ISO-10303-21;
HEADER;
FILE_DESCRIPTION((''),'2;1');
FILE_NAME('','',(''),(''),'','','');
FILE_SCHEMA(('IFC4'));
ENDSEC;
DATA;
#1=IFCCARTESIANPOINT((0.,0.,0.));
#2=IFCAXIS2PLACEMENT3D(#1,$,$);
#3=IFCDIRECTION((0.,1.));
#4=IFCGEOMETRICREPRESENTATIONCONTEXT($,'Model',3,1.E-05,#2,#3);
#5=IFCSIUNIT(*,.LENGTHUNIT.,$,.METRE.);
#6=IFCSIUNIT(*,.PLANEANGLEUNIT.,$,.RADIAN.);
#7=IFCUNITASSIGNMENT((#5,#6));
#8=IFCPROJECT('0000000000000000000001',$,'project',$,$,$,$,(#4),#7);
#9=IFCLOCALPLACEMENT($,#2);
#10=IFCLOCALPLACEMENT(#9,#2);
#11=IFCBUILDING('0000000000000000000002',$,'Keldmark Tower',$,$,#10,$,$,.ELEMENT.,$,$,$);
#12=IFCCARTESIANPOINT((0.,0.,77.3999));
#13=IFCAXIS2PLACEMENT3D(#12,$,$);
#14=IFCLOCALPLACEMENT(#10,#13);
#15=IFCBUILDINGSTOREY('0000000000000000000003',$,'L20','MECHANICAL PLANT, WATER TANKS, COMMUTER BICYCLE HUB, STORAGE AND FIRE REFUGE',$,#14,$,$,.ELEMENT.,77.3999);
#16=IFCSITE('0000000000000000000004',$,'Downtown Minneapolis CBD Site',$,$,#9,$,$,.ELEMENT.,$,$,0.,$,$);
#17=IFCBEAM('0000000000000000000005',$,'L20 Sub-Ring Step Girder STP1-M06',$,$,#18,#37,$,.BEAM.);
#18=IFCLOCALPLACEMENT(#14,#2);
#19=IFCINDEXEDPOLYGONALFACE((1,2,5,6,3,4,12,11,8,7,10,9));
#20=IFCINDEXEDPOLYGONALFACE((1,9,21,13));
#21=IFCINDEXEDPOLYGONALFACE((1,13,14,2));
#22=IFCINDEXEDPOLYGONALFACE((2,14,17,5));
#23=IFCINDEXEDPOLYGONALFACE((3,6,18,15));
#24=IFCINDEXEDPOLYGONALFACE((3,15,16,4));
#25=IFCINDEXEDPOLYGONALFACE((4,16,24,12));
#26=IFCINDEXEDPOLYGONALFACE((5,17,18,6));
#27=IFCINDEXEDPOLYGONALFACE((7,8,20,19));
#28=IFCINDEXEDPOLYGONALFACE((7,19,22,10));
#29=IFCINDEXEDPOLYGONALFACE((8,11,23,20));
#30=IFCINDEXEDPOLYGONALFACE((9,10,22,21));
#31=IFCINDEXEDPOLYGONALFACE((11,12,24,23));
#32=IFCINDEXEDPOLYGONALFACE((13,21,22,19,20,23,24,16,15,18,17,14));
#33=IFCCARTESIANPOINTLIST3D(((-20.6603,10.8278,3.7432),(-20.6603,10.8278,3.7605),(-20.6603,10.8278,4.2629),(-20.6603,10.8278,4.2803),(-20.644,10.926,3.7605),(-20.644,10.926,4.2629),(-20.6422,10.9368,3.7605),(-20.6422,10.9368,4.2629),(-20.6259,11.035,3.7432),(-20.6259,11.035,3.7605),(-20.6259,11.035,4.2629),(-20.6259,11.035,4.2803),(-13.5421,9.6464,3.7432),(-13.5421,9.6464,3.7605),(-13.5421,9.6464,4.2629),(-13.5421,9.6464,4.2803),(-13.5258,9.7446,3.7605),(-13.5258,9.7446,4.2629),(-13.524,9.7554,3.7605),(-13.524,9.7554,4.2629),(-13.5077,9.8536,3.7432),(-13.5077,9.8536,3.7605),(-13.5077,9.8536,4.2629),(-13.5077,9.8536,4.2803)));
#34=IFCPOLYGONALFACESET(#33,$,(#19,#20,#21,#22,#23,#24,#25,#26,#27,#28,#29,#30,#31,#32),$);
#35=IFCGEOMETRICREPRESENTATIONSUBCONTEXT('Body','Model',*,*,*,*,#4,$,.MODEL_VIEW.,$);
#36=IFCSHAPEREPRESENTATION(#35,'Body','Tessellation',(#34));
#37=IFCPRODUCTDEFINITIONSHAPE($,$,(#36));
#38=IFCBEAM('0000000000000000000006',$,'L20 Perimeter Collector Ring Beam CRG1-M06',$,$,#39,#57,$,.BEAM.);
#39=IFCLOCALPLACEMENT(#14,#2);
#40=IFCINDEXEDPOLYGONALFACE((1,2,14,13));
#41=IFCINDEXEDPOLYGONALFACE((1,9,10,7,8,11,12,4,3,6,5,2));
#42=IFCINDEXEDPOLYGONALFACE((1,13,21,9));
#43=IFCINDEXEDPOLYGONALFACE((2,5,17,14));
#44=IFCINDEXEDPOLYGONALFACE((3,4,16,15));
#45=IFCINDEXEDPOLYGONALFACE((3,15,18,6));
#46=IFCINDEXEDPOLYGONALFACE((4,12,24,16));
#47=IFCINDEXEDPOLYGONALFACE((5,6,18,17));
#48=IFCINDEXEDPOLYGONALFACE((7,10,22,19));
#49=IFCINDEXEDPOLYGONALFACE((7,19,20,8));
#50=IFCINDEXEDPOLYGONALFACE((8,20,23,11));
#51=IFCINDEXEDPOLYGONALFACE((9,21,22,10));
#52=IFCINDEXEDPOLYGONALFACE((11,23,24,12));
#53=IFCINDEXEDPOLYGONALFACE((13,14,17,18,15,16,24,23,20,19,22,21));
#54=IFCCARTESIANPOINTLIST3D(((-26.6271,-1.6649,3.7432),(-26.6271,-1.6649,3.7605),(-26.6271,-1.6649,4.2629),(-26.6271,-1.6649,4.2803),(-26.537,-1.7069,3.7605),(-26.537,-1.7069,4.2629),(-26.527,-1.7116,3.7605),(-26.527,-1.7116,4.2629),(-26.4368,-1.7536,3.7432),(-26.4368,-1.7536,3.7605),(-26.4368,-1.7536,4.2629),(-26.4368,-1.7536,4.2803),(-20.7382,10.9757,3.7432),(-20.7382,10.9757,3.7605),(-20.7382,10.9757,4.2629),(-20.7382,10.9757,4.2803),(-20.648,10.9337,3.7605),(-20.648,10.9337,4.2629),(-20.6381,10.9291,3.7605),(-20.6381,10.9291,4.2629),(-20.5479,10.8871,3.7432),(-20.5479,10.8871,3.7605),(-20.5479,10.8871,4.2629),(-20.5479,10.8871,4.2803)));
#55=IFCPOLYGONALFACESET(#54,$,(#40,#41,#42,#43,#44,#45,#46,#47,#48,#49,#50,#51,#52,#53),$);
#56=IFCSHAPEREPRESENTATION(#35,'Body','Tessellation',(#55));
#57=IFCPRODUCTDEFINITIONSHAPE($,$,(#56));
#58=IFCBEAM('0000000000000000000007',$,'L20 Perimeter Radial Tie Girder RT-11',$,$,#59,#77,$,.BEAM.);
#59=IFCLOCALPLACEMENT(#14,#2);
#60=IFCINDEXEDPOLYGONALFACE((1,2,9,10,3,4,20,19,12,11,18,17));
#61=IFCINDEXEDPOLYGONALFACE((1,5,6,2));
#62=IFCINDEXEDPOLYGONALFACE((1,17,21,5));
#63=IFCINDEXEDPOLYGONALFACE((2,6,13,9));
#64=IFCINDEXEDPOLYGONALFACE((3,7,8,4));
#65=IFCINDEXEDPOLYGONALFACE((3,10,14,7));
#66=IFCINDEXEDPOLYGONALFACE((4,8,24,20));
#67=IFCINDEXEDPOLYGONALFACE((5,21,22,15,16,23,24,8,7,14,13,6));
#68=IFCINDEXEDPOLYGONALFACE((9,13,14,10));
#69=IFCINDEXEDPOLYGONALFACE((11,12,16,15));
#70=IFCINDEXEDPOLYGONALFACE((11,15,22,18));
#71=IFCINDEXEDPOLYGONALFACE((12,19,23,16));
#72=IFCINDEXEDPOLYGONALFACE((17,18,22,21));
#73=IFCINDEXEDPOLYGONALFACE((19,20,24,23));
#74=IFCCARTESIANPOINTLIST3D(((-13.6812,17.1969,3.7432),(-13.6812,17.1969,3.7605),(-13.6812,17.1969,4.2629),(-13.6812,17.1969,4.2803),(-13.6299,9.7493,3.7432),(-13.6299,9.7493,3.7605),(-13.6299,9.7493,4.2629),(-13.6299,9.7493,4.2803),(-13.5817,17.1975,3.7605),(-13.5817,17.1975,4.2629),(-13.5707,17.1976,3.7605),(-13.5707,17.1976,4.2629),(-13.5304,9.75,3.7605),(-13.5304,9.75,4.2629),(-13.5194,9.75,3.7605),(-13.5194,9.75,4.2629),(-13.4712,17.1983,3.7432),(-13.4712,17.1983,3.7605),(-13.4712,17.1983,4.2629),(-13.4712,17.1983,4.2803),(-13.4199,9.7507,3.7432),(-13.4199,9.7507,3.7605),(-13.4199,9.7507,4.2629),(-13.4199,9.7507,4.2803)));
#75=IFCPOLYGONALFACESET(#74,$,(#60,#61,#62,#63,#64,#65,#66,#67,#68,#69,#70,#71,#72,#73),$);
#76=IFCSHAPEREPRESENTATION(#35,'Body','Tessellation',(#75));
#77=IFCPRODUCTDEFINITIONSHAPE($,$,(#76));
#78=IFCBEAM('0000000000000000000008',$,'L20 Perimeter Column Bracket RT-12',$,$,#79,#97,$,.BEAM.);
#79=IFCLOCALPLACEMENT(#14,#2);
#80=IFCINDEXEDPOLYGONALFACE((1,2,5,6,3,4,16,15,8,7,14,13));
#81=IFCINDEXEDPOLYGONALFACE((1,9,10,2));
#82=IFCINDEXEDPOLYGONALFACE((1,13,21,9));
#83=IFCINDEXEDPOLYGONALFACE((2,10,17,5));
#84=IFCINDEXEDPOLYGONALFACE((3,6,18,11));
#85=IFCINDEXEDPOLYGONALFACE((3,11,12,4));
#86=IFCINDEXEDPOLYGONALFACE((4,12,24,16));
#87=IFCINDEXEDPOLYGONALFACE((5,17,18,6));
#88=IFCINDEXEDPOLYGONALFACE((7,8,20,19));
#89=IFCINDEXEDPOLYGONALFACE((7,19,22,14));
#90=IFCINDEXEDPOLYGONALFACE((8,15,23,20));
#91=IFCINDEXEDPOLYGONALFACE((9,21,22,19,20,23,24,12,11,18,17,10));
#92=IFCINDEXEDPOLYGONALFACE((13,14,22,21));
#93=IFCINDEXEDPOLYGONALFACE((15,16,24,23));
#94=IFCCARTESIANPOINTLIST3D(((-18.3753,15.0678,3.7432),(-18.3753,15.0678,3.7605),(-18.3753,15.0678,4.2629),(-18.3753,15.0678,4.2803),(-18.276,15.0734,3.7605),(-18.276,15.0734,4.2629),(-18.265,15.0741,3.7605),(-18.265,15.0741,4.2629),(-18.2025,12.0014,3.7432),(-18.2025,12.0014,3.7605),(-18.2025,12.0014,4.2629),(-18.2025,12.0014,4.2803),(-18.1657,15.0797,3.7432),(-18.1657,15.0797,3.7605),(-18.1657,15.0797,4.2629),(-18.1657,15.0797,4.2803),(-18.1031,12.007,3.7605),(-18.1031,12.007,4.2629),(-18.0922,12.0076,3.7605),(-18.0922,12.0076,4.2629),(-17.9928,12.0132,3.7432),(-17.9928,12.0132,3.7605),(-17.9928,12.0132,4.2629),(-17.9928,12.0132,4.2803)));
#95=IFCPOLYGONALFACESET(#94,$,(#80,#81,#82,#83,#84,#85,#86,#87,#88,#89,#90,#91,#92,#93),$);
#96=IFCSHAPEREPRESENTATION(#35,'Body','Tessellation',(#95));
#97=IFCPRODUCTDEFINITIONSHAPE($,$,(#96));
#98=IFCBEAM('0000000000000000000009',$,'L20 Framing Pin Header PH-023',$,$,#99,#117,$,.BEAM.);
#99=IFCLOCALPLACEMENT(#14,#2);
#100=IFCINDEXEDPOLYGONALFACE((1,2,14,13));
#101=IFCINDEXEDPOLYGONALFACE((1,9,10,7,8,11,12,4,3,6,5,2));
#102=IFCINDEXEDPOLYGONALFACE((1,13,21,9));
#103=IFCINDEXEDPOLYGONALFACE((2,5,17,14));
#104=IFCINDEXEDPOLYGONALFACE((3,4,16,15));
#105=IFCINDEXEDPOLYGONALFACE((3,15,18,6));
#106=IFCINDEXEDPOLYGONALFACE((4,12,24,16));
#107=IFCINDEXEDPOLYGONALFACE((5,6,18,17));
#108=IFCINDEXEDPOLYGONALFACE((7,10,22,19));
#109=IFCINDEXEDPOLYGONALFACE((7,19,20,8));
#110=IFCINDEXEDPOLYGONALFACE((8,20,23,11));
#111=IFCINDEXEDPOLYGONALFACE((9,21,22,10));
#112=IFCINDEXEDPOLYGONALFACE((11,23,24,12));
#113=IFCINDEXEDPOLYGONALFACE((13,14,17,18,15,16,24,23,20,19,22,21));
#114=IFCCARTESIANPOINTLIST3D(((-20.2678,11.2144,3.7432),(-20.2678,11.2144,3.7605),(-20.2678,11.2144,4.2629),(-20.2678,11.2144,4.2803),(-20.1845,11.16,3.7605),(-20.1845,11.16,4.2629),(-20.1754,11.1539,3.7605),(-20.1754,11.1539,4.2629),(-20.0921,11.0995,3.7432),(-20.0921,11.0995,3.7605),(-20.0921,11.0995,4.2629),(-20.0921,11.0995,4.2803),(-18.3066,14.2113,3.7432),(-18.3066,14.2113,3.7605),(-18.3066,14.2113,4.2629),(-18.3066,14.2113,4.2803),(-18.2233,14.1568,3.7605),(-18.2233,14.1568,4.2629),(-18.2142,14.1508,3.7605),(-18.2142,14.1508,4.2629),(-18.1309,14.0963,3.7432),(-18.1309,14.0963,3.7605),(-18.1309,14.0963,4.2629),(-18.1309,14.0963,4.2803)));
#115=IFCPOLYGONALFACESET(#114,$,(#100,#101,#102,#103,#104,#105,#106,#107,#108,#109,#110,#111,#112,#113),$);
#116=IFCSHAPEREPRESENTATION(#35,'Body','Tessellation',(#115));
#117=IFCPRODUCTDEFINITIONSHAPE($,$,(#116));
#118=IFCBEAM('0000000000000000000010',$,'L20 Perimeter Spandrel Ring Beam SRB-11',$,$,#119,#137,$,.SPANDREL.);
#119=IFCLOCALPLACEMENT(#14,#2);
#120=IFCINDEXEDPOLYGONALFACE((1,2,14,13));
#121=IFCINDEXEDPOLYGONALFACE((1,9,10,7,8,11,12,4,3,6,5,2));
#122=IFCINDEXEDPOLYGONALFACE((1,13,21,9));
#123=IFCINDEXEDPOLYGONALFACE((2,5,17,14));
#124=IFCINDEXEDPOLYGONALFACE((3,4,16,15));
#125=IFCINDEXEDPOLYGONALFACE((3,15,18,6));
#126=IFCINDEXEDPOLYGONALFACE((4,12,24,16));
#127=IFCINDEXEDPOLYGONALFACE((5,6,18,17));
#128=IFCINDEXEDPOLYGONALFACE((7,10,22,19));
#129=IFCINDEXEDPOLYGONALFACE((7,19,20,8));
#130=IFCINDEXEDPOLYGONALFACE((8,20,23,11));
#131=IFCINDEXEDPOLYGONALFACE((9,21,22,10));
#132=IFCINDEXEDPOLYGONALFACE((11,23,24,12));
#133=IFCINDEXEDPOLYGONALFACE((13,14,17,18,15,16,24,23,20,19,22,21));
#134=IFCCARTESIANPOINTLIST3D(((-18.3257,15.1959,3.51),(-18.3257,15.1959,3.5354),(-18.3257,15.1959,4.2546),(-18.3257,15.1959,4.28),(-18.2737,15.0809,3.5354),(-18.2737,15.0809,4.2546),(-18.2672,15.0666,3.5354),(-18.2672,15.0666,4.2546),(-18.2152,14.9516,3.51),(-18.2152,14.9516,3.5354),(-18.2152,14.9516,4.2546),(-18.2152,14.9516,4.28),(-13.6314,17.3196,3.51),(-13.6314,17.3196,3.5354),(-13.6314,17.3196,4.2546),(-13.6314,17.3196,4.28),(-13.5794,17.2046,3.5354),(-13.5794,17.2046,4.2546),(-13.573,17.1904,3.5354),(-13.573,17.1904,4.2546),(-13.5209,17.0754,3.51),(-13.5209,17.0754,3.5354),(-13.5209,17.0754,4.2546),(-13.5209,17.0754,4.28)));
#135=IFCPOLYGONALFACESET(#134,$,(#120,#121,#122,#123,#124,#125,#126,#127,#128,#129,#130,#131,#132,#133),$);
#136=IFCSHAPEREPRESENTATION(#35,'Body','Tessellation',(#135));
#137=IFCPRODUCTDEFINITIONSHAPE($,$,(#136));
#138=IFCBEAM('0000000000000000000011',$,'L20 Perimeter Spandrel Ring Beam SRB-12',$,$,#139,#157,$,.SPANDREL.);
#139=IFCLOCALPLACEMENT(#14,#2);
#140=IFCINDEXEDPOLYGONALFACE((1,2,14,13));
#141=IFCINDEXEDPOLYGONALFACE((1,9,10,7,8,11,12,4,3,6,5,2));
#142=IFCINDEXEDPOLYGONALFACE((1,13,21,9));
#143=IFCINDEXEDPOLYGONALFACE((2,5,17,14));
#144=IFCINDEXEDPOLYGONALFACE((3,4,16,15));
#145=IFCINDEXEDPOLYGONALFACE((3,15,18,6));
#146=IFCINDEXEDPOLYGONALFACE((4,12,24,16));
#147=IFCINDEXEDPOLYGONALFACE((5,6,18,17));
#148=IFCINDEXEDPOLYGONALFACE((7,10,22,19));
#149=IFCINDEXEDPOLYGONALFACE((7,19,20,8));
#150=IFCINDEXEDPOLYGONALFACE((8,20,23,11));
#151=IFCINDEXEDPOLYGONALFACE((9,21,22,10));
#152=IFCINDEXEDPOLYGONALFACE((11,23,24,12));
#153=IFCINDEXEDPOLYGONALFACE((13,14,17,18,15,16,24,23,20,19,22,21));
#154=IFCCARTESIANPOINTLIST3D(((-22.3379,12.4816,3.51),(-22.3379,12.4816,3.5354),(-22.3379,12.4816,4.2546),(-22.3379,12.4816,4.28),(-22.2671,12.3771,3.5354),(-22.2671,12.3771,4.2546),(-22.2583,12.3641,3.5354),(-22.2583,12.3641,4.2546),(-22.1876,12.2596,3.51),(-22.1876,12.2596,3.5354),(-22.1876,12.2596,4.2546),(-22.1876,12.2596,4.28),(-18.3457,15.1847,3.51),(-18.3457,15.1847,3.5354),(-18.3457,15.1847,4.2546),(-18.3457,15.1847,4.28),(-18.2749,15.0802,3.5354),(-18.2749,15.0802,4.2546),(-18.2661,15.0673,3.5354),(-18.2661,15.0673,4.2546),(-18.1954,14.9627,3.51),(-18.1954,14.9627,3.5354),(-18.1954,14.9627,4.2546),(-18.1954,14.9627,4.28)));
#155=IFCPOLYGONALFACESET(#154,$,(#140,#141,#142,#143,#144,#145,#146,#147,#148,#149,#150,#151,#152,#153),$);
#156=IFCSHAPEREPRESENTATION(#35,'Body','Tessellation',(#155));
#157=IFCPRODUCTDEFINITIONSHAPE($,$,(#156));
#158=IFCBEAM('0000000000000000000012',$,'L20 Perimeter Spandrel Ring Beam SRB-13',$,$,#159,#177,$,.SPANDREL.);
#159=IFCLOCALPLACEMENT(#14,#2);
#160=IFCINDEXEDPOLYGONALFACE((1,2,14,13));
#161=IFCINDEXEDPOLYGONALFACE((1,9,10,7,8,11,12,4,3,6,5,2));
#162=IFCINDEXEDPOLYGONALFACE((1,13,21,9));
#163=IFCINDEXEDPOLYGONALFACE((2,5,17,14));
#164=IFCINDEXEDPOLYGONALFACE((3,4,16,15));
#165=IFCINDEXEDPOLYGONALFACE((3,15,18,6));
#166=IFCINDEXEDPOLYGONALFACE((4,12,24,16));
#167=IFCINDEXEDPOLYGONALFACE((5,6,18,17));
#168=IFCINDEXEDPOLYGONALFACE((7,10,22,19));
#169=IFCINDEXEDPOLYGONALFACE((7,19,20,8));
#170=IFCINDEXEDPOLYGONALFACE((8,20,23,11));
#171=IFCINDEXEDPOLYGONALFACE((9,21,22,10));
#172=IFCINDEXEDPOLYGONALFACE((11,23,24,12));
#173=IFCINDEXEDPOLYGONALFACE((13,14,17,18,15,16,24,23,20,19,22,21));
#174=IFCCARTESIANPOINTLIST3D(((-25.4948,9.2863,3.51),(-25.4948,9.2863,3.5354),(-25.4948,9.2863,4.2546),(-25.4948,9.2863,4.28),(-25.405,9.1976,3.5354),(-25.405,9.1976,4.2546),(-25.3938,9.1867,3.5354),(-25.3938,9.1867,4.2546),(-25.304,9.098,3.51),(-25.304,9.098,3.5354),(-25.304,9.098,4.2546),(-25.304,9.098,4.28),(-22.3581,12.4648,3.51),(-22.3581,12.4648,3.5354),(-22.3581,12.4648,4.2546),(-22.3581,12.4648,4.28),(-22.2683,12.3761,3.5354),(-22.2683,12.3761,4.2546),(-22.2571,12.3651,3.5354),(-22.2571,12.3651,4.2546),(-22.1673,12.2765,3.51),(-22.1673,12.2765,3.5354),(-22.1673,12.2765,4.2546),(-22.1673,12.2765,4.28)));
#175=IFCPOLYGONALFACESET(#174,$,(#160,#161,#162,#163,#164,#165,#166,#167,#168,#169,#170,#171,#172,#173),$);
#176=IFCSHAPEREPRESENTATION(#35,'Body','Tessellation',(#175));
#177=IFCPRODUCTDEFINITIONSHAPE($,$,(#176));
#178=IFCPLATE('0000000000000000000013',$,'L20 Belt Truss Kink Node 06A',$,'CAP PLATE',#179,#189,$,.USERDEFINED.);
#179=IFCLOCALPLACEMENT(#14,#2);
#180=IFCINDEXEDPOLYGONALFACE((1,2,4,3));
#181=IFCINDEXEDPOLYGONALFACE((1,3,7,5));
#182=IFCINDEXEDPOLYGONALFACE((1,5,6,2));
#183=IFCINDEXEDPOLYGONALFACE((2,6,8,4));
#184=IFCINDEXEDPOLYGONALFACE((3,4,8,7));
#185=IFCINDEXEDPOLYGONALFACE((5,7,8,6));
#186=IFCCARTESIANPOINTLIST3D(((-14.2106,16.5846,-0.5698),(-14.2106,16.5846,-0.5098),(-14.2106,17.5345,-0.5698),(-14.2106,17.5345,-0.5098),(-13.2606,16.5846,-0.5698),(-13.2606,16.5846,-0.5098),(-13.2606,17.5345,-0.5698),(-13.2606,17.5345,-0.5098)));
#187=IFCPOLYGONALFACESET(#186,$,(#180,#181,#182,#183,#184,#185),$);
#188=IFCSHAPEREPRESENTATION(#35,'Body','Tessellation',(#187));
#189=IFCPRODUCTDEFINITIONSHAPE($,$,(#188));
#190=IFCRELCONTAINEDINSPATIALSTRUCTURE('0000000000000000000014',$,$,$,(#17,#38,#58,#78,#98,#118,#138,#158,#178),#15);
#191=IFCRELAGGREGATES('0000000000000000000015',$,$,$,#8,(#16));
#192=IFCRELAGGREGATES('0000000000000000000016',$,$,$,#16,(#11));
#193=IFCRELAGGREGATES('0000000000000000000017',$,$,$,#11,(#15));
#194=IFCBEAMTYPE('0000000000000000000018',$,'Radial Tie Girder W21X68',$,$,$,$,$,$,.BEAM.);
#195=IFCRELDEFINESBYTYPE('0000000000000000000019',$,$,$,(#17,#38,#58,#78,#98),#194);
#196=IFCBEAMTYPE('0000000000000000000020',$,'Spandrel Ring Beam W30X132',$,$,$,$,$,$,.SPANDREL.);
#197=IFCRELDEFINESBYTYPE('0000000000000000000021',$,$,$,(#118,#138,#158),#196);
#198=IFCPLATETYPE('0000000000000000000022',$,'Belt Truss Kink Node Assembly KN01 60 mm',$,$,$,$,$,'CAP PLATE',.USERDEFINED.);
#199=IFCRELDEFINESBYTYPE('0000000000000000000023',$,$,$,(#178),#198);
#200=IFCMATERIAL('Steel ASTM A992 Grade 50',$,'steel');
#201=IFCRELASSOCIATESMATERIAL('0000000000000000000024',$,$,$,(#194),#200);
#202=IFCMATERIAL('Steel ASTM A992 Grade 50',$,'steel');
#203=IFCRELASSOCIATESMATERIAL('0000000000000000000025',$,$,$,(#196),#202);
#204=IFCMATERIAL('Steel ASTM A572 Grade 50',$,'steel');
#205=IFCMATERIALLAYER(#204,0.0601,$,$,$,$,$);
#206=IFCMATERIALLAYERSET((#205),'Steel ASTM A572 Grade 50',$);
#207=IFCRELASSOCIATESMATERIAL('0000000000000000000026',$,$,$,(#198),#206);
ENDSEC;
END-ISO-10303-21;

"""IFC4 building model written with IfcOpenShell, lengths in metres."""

from ifc_helpers import new_model, si_unit, direction, frame, origin, origin_2d, place, context, subcontext, project, spatial, rectangle, i_section, extrude, material, layer, layer_set, material_profile, profile_set, type_object, element, save


model = new_model("IFC4")

# Units and contexts
model_context = context("Model", 3, precision=1e-05, world=origin(), true_north=direction((0.0, 1.0)))
body_context = subcontext(model_context, "Body", "Model", "MODEL_VIEW")
ifc_project = project(units=[si_unit("LENGTHUNIT", "METRE"), si_unit("PLANEANGLEUNIT", "RADIAN")], contexts=[model_context])

# Site, building, storey
site_placement = place(None, origin())
site = spatial("IfcSite", under=ifc_project, at=site_placement, Name="Downtown Minneapolis CBD Site", CompositionType="ELEMENT", RefElevation=0.0)
building_placement = place(site_placement, origin())
building = spatial("IfcBuilding", under=site, at=building_placement, Name="Keldmark Tower", CompositionType="ELEMENT")
storey_placement = place(building_placement, frame((0.0, 0.0, 77.3999)))
storey = spatial("IfcBuildingStorey", under=building, at=storey_placement, Name="L20", Description="MECHANICAL PLANT, WATER TANKS, COMMUTER BICYCLE HUB, STORAGE AND FIRE REFUGE", CompositionType="ELEMENT", Elevation=77.3999)

# Beams
ifc_material_1 = material(Name="Steel ASTM A992 Grade 50", Category="steel")
ifc_material_profile_1 = material_profile(ifc_material_1, i_section(OverallWidth=0.21, OverallDepth=0.5371, WebThickness=0.011, FlangeThickness=0.0173, at=origin_2d()), Name="W21X68")
ifc_profile_set_1 = profile_set([ifc_material_profile_1], Name="Steel ASTM A992 Grade 50")
beam_type_1 = type_object("IfcBeamType", Name="Radial Tie Girder W21X68", PredefinedType="BEAM", material=ifc_profile_set_1)
beam_1_placement = place(storey_placement, frame((-13.5249, 9.75, 4.0117), z_axis=(-0.986505, 0.16373, 0.0), x_axis=(-0.16373, -0.986505, 0.0)))
element("IfcBeam", 1, at=beam_1_placement, inside=storey, type_object=beam_type_1, Name="L20 Sub-Ring Step Girder STP1-M06", PredefinedType="BEAM", context=body_context, shape_type="SweptSolid", body=[
    extrude(i_section(OverallWidth=0.21, OverallDepth=0.5371, WebThickness=0.011, FlangeThickness=0.0173, at=origin_2d()), origin(), (0.0, 0.0, 1.0), 7.2156),
])
beam_2_placement = place(storey_placement, frame((-20.6431, 10.9314, 4.0117), z_axis=(-0.422294, -0.906459, 0.0), x_axis=(0.906459, -0.422294, 0.0)))
element("IfcBeam", 2, at=beam_2_placement, inside=storey, type_object=beam_type_1, Name="L20 Perimeter Collector Ring Beam CRG1-M06", PredefinedType="BEAM", context=body_context, shape_type="SweptSolid", body=[
    extrude(i_section(OverallWidth=0.21, OverallDepth=0.5371, WebThickness=0.011, FlangeThickness=0.0173, at=origin_2d()), origin(), (0.0, 0.0, 1.0), 13.9451),
])
beam_3_placement = place(storey_placement, frame((-13.5249, 9.75, 4.0117), z_axis=(-0.006884, 0.999976, 0.0), x_axis=(-0.999976, -0.006884, 0.0)))
element("IfcBeam", 3, at=beam_3_placement, inside=storey, type_object=beam_type_1, Name="L20 Perimeter Radial Tie Girder RT-11", PredefinedType="BEAM", context=body_context, shape_type="SweptSolid", body=[
    extrude(i_section(OverallWidth=0.21, OverallDepth=0.5371, WebThickness=0.011, FlangeThickness=0.0173, at=origin_2d()), origin(), (0.0, 0.0, 1.0), 7.4478),
])
beam_4_placement = place(storey_placement, frame((-18.0977, 12.0073, 4.0117), z_axis=(-0.05628, 0.998415, 0.0), x_axis=(-0.998415, -0.05628, 0.0)))
element("IfcBeam", 4, at=beam_4_placement, inside=storey, type_object=beam_type_1, Name="L20 Perimeter Column Bracket RT-12", PredefinedType="BEAM", context=body_context, shape_type="SweptSolid", body=[
    extrude(i_section(OverallWidth=0.21, OverallDepth=0.5371, WebThickness=0.011, FlangeThickness=0.0173, at=origin_2d()), origin(), (0.0, 0.0, 1.0), 3.0713),
])
beam_5_placement = place(storey_placement, frame((-18.2188, 14.1538, 4.0117), z_axis=(-0.547585, -0.83675, 0.0), x_axis=(0.83675, -0.547585, 0.0)))
element("IfcBeam", 5, at=beam_5_placement, inside=storey, type_object=beam_type_1, Name="L20 Framing Pin Header PH-023", PredefinedType="BEAM", context=body_context, shape_type="SweptSolid", body=[
    extrude(i_section(OverallWidth=0.21, OverallDepth=0.5371, WebThickness=0.011, FlangeThickness=0.0173, at=origin_2d()), origin(), (0.0, 0.0, 1.0), 3.5815),
])
ifc_material_2 = material(Name="Steel ASTM A992 Grade 50", Category="steel")
ifc_material_profile_2 = material_profile(ifc_material_2, i_section(OverallWidth=0.2681, OverallDepth=0.77, WebThickness=0.0156, FlangeThickness=0.0254, at=origin_2d()), Name="W30X132")
ifc_profile_set_2 = profile_set([ifc_material_profile_2], Name="Steel ASTM A992 Grade 50")
beam_type_2 = type_object("IfcBeamType", Name="Spandrel Ring Beam W30X132", PredefinedType="SPANDREL", material=ifc_profile_set_2)
beam_6_placement = place(storey_placement, frame((-13.5762, 17.1975, 3.895), z_axis=(-0.911097, -0.412192, 0.0), x_axis=(0.412192, -0.911097, 0.0)))
element("IfcBeam", 6, at=beam_6_placement, inside=storey, type_object=beam_type_2, Name="L20 Perimeter Spandrel Ring Beam SRB-11", PredefinedType="SPANDREL", context=body_context, shape_type="SweptSolid", body=[
    extrude(i_section(OverallWidth=0.2681, OverallDepth=0.77, WebThickness=0.0156, FlangeThickness=0.0254, at=origin_2d()), origin(), (0.0, 0.0, 1.0), 5.1523),
])
beam_7_placement = place(storey_placement, frame((-18.2705, 15.0737, 3.895), z_axis=(-0.82804, -0.560669, 0.0), x_axis=(0.560669, -0.82804, 0.0)))
element("IfcBeam", 7, at=beam_7_placement, inside=storey, type_object=beam_type_2, Name="L20 Perimeter Spandrel Ring Beam SRB-12", PredefinedType="SPANDREL", context=body_context, shape_type="SweptSolid", body=[
    extrude(i_section(OverallWidth=0.2681, OverallDepth=0.77, WebThickness=0.0156, FlangeThickness=0.0254, at=origin_2d()), origin(), (0.0, 0.0, 1.0), 4.8213),
])
beam_8_placement = place(storey_placement, frame((-22.2627, 12.3706, 3.895), z_axis=(-0.702417, -0.711766, 0.0), x_axis=(0.711766, -0.702417, 0.0)))
element("IfcBeam", 8, at=beam_8_placement, inside=storey, type_object=beam_type_2, Name="L20 Perimeter Spandrel Ring Beam SRB-13", PredefinedType="SPANDREL", context=body_context, shape_type="SweptSolid", body=[
    extrude(i_section(OverallWidth=0.2681, OverallDepth=0.77, WebThickness=0.0156, FlangeThickness=0.0254, at=origin_2d()), origin(), (0.0, 0.0, 1.0), 4.4656),
])

# Plate
ifc_material_3 = material(Name="Steel ASTM A572 Grade 50", Category="steel")
ifc_layer_1 = layer(ifc_material_3, 0.0601)
ifc_layer_set_1 = layer_set([ifc_layer_1], Name="Steel ASTM A572 Grade 50")
plate_type_1 = type_object("IfcPlateType", Name="Belt Truss Kink Node Assembly KN01 60 mm", ElementType="CAP PLATE", PredefinedType="USERDEFINED", material=ifc_layer_set_1)
for number, where, z_axis, x_axis, name in (
    (9, (-13.7356, 17.0596, -0.5698), (0.0, 0.0, 1.0), (1.0, 0.0, 0.0), "L20 Belt Truss Kink Node 06A"),
):
    element("IfcPlate", number, at=place(storey_placement, frame(where, z_axis=z_axis, x_axis=x_axis)), inside=storey, type_object=plate_type_1, Name=name, ObjectType="CAP PLATE", PredefinedType="USERDEFINED", context=body_context, shape_type="SweptSolid", body=[
        extrude(rectangle(XDim=0.95, YDim=0.95, at=origin_2d()), origin(), (0.0, 0.0, 1.0), 0.0601),
    ])

save(model, "model.ifc")
